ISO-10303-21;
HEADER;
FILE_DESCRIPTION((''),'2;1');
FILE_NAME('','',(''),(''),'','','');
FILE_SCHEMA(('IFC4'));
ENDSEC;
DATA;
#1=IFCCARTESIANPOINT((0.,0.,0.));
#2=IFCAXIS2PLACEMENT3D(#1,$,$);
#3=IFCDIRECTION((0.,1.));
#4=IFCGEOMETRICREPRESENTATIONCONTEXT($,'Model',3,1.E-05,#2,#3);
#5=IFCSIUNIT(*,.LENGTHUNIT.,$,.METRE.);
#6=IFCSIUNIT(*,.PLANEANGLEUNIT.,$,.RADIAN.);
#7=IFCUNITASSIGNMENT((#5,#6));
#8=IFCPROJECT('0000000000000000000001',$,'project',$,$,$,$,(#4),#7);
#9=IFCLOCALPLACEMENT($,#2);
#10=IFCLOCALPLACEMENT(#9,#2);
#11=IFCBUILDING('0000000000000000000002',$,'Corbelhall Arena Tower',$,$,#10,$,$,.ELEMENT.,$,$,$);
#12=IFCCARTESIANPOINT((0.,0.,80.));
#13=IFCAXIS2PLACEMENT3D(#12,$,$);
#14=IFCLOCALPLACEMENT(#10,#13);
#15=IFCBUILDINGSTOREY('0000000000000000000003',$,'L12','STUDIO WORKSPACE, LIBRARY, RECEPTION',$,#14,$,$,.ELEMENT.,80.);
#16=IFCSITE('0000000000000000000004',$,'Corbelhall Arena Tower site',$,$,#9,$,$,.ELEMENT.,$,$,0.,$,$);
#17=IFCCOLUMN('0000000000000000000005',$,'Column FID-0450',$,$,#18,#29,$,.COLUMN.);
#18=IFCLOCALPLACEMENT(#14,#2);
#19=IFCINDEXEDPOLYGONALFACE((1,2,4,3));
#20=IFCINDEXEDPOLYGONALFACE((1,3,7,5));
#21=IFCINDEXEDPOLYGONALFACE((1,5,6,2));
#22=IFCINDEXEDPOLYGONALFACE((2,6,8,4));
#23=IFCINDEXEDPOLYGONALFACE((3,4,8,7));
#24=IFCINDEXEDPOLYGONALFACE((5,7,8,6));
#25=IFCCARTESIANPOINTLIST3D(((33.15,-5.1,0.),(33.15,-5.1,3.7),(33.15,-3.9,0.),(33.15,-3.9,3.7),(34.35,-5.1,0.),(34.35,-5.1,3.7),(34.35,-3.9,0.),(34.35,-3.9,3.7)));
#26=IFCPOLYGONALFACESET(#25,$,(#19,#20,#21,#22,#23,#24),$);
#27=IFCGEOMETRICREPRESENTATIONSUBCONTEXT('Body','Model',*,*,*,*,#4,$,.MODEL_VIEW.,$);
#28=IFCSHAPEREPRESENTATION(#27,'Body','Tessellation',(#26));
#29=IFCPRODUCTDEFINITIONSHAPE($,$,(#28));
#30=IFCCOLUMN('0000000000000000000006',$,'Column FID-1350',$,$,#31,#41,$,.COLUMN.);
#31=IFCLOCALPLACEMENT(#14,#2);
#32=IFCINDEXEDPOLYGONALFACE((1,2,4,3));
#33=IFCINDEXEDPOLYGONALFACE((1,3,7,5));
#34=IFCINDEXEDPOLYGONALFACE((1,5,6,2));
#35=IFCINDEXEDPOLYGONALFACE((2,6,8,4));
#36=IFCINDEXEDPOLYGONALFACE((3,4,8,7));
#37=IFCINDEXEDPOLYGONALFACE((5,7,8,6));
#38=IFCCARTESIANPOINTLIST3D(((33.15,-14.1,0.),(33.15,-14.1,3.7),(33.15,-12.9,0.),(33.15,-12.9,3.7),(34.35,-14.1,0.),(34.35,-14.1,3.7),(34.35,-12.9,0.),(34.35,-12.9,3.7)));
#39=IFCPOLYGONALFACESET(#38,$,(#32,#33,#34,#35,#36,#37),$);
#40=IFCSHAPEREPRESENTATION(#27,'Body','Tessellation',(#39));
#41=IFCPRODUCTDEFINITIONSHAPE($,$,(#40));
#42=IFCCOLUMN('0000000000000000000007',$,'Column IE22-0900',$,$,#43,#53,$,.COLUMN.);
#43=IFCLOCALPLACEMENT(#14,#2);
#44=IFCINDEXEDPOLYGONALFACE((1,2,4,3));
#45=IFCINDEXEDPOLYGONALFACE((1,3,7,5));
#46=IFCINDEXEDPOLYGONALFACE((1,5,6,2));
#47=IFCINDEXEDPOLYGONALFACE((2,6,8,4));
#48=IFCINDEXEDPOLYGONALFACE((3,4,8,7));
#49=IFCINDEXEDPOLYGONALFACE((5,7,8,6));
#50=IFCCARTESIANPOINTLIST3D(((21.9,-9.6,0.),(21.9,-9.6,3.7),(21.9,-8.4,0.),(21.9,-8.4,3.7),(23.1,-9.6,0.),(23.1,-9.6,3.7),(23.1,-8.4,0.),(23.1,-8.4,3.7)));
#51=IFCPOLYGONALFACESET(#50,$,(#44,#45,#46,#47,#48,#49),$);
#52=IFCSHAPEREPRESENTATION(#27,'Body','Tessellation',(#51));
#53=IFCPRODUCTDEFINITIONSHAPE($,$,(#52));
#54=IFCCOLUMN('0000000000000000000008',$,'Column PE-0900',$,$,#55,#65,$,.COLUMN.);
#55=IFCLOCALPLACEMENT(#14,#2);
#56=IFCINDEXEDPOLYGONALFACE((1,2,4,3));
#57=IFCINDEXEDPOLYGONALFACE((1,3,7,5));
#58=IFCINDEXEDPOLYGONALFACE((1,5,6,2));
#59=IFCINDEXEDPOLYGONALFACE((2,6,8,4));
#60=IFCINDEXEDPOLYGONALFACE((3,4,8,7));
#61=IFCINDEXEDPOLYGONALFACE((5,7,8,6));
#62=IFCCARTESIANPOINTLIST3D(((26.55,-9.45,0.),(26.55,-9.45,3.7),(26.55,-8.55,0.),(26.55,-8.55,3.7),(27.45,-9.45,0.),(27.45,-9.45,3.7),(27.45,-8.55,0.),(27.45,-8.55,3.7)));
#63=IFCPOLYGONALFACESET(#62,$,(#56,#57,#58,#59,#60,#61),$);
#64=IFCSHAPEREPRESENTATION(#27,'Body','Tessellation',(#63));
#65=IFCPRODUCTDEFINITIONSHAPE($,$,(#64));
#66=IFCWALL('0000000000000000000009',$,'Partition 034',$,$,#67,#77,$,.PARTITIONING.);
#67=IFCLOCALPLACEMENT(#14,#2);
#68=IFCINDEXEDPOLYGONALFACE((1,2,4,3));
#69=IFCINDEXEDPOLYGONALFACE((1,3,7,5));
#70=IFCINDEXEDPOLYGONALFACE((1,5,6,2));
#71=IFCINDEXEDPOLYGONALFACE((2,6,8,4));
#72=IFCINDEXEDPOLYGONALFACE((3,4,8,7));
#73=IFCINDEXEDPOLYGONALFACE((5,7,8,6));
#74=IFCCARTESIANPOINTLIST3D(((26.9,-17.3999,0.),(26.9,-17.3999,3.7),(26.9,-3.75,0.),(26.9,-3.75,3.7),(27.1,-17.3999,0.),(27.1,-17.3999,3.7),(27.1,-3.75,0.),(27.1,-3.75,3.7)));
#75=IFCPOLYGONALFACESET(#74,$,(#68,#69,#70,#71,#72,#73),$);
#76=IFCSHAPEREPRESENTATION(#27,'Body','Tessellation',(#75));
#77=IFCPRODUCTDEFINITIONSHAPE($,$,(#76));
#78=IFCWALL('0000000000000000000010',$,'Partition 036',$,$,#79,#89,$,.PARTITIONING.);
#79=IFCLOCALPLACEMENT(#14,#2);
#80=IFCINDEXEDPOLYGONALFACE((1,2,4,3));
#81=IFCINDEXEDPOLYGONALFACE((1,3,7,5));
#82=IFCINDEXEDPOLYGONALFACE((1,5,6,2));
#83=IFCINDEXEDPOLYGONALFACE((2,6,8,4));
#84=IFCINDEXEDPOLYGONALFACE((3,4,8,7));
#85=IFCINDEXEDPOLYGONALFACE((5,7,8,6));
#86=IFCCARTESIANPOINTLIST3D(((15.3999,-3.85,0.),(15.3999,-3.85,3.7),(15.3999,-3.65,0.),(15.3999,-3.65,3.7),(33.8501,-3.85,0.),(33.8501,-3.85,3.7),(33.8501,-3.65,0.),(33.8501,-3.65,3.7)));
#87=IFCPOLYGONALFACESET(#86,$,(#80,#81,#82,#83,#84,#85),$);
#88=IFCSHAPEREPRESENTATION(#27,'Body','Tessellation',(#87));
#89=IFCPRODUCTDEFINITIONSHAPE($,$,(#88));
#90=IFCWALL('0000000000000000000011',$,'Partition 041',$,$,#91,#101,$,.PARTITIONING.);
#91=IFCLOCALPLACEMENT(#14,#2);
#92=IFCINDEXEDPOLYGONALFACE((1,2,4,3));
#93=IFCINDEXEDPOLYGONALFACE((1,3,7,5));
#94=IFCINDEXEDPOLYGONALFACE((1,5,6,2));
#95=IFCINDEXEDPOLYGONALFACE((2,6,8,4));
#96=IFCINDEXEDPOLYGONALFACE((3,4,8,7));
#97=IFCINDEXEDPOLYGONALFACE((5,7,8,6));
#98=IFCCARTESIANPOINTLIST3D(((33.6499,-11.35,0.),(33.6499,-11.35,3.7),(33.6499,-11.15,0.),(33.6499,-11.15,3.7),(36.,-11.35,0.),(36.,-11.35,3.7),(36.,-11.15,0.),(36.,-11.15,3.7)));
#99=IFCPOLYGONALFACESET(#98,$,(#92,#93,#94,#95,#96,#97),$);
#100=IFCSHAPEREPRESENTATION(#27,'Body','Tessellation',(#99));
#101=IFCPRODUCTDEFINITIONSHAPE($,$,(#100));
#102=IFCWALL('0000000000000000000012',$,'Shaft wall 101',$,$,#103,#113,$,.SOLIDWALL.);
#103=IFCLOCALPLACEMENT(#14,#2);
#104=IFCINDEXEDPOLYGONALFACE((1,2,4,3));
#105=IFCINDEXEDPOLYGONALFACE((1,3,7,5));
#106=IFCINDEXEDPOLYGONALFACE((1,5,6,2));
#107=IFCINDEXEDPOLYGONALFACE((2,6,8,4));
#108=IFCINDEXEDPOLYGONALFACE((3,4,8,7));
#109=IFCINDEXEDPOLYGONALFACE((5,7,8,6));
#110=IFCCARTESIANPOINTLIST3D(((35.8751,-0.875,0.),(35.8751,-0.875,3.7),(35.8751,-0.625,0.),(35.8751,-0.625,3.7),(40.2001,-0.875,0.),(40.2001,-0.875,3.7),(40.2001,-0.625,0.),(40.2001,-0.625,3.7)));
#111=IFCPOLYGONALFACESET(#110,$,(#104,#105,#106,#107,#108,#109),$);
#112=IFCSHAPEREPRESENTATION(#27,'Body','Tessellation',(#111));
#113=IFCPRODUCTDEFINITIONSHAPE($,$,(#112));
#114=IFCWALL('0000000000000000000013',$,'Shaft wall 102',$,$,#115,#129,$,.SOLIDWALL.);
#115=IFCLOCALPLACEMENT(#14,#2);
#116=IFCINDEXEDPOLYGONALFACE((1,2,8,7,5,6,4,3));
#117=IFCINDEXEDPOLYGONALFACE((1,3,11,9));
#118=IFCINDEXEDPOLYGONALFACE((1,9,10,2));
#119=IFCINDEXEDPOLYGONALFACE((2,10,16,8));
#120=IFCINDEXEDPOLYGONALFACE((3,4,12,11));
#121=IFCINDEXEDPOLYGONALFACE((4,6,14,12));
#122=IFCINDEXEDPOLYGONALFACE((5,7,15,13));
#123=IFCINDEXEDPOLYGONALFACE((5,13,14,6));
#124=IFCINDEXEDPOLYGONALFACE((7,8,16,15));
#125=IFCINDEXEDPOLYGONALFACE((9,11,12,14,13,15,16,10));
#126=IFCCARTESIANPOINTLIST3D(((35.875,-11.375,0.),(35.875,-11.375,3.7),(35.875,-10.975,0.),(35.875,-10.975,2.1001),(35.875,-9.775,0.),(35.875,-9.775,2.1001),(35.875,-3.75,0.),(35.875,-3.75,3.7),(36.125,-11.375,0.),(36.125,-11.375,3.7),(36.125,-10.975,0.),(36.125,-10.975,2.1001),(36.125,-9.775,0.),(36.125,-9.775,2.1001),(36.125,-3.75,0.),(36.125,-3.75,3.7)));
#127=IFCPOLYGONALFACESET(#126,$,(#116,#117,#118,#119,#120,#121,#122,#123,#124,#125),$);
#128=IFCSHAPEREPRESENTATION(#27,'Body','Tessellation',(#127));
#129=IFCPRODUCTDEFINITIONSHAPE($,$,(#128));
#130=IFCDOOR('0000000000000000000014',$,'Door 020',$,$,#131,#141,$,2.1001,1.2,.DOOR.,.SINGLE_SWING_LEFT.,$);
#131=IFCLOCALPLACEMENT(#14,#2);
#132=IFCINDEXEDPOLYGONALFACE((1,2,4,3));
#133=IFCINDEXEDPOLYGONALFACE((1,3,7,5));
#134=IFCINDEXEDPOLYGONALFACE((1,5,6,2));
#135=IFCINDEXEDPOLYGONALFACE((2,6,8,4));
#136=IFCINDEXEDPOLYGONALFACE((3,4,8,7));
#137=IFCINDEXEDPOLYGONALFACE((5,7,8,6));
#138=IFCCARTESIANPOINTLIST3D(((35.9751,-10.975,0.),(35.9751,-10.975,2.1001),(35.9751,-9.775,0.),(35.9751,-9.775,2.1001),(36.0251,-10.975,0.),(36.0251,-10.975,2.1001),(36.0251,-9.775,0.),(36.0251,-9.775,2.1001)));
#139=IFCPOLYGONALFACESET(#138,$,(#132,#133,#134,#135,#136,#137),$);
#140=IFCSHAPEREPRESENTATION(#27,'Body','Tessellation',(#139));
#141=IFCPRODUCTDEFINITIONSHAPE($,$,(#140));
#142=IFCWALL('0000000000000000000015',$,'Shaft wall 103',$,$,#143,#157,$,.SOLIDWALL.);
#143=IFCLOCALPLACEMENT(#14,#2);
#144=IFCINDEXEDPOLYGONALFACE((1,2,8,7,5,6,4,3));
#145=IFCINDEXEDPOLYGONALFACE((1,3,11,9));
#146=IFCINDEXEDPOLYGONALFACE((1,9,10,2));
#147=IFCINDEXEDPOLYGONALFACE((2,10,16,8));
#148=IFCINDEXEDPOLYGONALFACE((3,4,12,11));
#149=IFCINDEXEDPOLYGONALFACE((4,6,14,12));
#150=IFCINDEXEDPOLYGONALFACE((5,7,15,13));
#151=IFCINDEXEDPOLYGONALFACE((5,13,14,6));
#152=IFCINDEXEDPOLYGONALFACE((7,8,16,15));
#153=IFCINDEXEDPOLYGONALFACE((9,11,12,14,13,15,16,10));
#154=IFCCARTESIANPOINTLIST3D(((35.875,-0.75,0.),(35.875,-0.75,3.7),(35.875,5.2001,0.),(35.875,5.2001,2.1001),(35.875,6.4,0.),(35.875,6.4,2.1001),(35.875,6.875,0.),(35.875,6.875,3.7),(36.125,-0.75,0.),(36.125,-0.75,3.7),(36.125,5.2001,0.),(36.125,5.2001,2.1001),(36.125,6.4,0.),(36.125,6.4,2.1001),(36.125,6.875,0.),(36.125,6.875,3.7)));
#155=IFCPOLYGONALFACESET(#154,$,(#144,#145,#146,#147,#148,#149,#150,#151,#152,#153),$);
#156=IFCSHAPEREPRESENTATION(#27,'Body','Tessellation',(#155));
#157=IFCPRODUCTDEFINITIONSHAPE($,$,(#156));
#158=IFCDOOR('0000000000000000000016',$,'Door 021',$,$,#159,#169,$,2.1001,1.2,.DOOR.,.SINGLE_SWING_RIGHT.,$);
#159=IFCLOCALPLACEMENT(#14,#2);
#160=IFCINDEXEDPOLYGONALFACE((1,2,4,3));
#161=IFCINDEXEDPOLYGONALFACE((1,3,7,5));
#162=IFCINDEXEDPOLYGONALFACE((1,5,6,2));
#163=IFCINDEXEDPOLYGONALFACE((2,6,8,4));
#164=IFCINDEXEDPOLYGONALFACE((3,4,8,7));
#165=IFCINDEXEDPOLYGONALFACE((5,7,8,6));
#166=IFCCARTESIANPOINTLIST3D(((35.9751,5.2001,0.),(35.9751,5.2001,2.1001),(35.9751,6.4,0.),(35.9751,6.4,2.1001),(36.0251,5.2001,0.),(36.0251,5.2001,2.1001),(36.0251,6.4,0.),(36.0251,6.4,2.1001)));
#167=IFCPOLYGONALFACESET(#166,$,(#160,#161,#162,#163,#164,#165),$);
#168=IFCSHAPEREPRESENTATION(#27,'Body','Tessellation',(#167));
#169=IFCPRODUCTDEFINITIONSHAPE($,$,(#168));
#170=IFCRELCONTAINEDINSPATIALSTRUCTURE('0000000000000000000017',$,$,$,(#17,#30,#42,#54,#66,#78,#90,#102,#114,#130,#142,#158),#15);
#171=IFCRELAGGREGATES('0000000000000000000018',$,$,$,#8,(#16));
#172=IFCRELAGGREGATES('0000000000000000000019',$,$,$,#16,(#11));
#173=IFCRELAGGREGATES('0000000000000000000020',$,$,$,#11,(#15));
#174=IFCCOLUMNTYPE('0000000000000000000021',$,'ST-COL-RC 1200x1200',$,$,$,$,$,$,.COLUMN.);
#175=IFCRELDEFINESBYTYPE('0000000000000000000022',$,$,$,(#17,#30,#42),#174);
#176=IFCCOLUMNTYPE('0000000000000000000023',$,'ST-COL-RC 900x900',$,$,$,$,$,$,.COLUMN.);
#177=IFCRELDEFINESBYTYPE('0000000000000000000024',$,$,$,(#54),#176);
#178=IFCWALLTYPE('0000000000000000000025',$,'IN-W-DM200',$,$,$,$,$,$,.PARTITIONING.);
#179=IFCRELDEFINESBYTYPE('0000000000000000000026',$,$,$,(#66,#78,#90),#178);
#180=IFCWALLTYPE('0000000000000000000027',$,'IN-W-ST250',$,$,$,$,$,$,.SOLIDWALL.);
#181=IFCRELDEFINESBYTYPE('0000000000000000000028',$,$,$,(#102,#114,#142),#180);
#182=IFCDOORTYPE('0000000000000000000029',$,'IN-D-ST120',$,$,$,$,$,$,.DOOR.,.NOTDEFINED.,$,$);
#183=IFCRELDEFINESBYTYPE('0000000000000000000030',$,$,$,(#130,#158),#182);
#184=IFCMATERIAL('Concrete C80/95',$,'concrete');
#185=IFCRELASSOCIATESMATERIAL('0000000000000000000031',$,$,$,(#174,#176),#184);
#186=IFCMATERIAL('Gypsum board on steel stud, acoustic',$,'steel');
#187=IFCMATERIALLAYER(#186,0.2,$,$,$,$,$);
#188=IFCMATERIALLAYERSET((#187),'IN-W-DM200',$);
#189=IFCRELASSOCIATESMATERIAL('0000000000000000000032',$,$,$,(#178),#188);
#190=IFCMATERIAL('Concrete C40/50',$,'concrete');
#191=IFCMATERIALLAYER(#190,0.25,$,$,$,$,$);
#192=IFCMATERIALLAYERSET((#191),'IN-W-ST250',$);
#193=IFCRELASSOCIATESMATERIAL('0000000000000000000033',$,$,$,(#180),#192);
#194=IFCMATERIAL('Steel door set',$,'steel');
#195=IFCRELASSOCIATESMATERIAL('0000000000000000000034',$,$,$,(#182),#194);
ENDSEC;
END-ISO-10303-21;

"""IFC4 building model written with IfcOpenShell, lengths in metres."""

from ifc_helpers import new_model, si_unit, direction, frame, frame_2d, origin, origin_2d, place, context, subcontext, project, spatial, rectangle, extrude, material, layer, layer_set, material_profile, profile_set, type_object, element, fill, save


model = new_model("IFC4")

# Units and contexts
model_context = context("Model", 3, precision=1e-05, world=origin(), true_north=direction((0.0, 1.0)))
body_context = subcontext(model_context, "Body", "Model", "MODEL_VIEW")
ifc_project = project(units=[si_unit("LENGTHUNIT", "METRE"), si_unit("PLANEANGLEUNIT", "RADIAN")], contexts=[model_context])

# Site, building, storey
site_placement = place(None, origin())
site = spatial("IfcSite", under=ifc_project, at=site_placement, Name="Corbelhall Arena Tower site", CompositionType="ELEMENT", RefElevation=0.0)
building_placement = place(site_placement, origin())
building = spatial("IfcBuilding", under=site, at=building_placement, Name="Corbelhall Arena Tower", CompositionType="ELEMENT")
storey_placement = place(building_placement, frame((0.0, 0.0, 80.0)))
storey = spatial("IfcBuildingStorey", under=building, at=storey_placement, Name="L12", Description="STUDIO WORKSPACE, LIBRARY, RECEPTION", CompositionType="ELEMENT", Elevation=80.0)

# Columns
ifc_material_1 = material(Name="Concrete C80/95", Category="concrete")
ifc_material_profile_1 = material_profile(ifc_material_1, rectangle(XDim=1.2, YDim=1.2, at=origin_2d()))
ifc_profile_set_1 = profile_set([ifc_material_profile_1], Name="Concrete C80/95")
column_type_1 = type_object("IfcColumnType", Name="ST-COL-RC 1200x1200", PredefinedType="COLUMN", material=ifc_profile_set_1)
for number, where, z_axis, x_axis, name in (
    (1, (33.75, -4.5, 0.0), (0.0, 0.0, 1.0), (1.0, 0.0, 0.0), "Column FID-0450"),
    (2, (33.75, -13.5, 0.0), (0.0, 0.0, 1.0), (1.0, 0.0, 0.0), "Column FID-1350"),
    (3, (22.5, -9.0, 0.0), (0.0, 0.0, 1.0), (1.0, 0.0, 0.0), "Column IE22-0900"),
):
    element("IfcColumn", number, at=place(storey_placement, frame(where, z_axis=z_axis, x_axis=x_axis)), inside=storey, type_object=column_type_1, Name=name, PredefinedType="COLUMN", context=body_context, shape_type="SweptSolid", body=[
        extrude(rectangle(XDim=1.2, YDim=1.2, at=origin_2d()), origin(), (0.0, 0.0, 1.0), 3.7),
    ])
ifc_material_profile_2 = material_profile(ifc_material_1, rectangle(XDim=0.8999, YDim=0.8999, at=origin_2d()))
ifc_profile_set_2 = profile_set([ifc_material_profile_2], Name="Concrete C80/95")
column_type_2 = type_object("IfcColumnType", Name="ST-COL-RC 900x900", PredefinedType="COLUMN", material=ifc_profile_set_2)
column_placement = place(storey_placement, frame((27.0, -9.0, 0.0), z_axis=(0.0, 0.0, 1.0), x_axis=(1.0, 0.0, 0.0)))
element("IfcColumn", 4, at=column_placement, inside=storey, type_object=column_type_2, Name="Column PE-0900", PredefinedType="COLUMN", context=body_context, shape_type="SweptSolid", body=[
    extrude(rectangle(XDim=0.8999, YDim=0.8999, at=origin_2d()), origin(), (0.0, 0.0, 1.0), 3.7),
])

# Walls
ifc_material_2 = material(Name="Gypsum board on steel stud, acoustic", Category="steel")
ifc_layer_1 = layer(ifc_material_2, 0.2)
ifc_layer_set_1 = layer_set([ifc_layer_1], Name="IN-W-DM200")
wall_type_1 = type_object("IfcWallType", Name="IN-W-DM200", PredefinedType="PARTITIONING", material=ifc_layer_set_1)
wall_1_placement = place(storey_placement, frame((27.0, -3.75, 0.0), z_axis=(0.0, 0.0, 1.0), x_axis=(0.0, -1.0, 0.0)))
element("IfcWall", 5, at=wall_1_placement, inside=storey, type_object=wall_type_1, Name="Partition 034", PredefinedType="PARTITIONING", context=body_context, shape_type="SweptSolid", body=[
    extrude(rectangle(XDim=13.6499, YDim=0.2, at=frame_2d((6.825, 0.0))), origin(), (0.0, 0.0, 1.0), 3.7),
])
wall_2_placement = place(storey_placement, frame((33.8501, -3.75, 0.0), z_axis=(0.0, 0.0, 1.0), x_axis=(-1.0, 0.0, 0.0)))
element("IfcWall", 6, at=wall_2_placement, inside=storey, type_object=wall_type_1, Name="Partition 036", PredefinedType="PARTITIONING", context=body_context, shape_type="SweptSolid", body=[
    extrude(rectangle(XDim=18.4502, YDim=0.2, at=frame_2d((9.2251, 0.0))), origin(), (0.0, 0.0, 1.0), 3.7),
])

# Shared definitions
ifc_material_3 = material(Name="Steel door set", Category="steel")

# Walls
wall_3_placement = place(storey_placement, frame((36.0, -11.25, 0.0), z_axis=(0.0, 0.0, 1.0), x_axis=(-1.0, 0.0, 0.0)))
element("IfcWall", 7, at=wall_3_placement, inside=storey, type_object=wall_type_1, Name="Partition 041", PredefinedType="PARTITIONING", context=body_context, shape_type="SweptSolid", body=[
    extrude(rectangle(XDim=2.3501, YDim=0.2, at=frame_2d((1.175, 0.0))), origin(), (0.0, 0.0, 1.0), 3.7),
])
ifc_material_4 = material(Name="Concrete C40/50", Category="concrete")
ifc_layer_2 = layer(ifc_material_4, 0.25)
ifc_layer_set_2 = layer_set([ifc_layer_2], Name="IN-W-ST250")
wall_type_2 = type_object("IfcWallType", Name="IN-W-ST250", PredefinedType="SOLIDWALL", material=ifc_layer_set_2)
wall_4_placement = place(storey_placement, frame((35.875, -0.75, 0.0), z_axis=(0.0, 0.0, 1.0), x_axis=(1.0, 0.0, 0.0)))
element("IfcWall", 8, at=wall_4_placement, inside=storey, type_object=wall_type_2, Name="Shaft wall 101", PredefinedType="SOLIDWALL", context=body_context, shape_type="SweptSolid", body=[
    extrude(rectangle(XDim=4.325, YDim=0.25, at=frame_2d((2.1626, 0.0))), origin(), (0.0, 0.0, 1.0), 3.7),
])

# Walls, openings, doors
wall_5_placement = place(storey_placement, frame((36.0, -11.375, 0.0), z_axis=(0.0, 0.0, 1.0), x_axis=(0.0, 1.0, 0.0)))
wall_5 = element("IfcWall", 9, at=wall_5_placement, inside=storey, type_object=wall_type_2, Name="Shaft wall 102", PredefinedType="SOLIDWALL", context=body_context, shape_type="SweptSolid", body=[
    extrude(rectangle(XDim=7.625, YDim=0.25, at=frame_2d((3.8125, 0.0))), origin(), (0.0, 0.0, 1.0), 3.7),
])
opening_1_placement = place(wall_5_placement, frame((0.3999, 0.0, 0.0)))
opening_1 = element("IfcOpeningElement", 10, at=opening_1_placement, cuts=wall_5, PredefinedType="OPENING", context=body_context, shape_type="SweptSolid", body=[
    extrude(rectangle(XDim=1.2, YDim=2.1001, at=frame_2d((0.6001, 1.05))), frame((0.0, 0.125, 0.0), z_axis=(0.0, -1.0, 0.0), x_axis=(1.0, 0.0, 0.0)), (0.0, 0.0, 1.0), 0.25),
])
door_type_1 = type_object("IfcDoorType", Name="IN-D-ST120", OperationType="NOTDEFINED", PredefinedType="DOOR", material=ifc_material_3)
door_1_placement = place(opening_1_placement, origin())
door_1 = element("IfcDoor", 11, at=door_1_placement, inside=storey, type_object=door_type_1, Name="Door 020", OperationType="SINGLE_SWING_LEFT", OverallHeight=2.1001, OverallWidth=1.2, PredefinedType="DOOR", context=body_context, shape_type="SweptSolid", body=[
    extrude(rectangle(XDim=1.2, YDim=2.1001, at=frame_2d((0.6001, 1.05))), frame((0.0, 0.0249, 0.0), z_axis=(0.0, -1.0, 0.0), x_axis=(1.0, 0.0, 0.0)), (0.0, 0.0, 1.0), 0.05),
])
fill(opening_1, door_1)
wall_6_placement = place(storey_placement, frame((36.0, -0.75, 0.0), z_axis=(0.0, 0.0, 1.0), x_axis=(0.0, 1.0, 0.0)))
wall_6 = element("IfcWall", 12, at=wall_6_placement, inside=storey, type_object=wall_type_2, Name="Shaft wall 103", PredefinedType="SOLIDWALL", context=body_context, shape_type="SweptSolid", body=[
    extrude(rectangle(XDim=7.625, YDim=0.25, at=frame_2d((3.8125, 0.0))), origin(), (0.0, 0.0, 1.0), 3.7),
])
opening_2_placement = place(wall_6_placement, frame((5.95, 0.0, 0.0)))
opening_2 = element("IfcOpeningElement", 13, at=opening_2_placement, cuts=wall_6, PredefinedType="OPENING", context=body_context, shape_type="SweptSolid", body=[
    extrude(rectangle(XDim=1.2, YDim=2.1001, at=frame_2d((0.6001, 1.05))), frame((0.0, 0.125, 0.0), z_axis=(0.0, -1.0, 0.0), x_axis=(1.0, 0.0, 0.0)), (0.0, 0.0, 1.0), 0.25),
])
door_2_placement = place(opening_2_placement, origin())
door_2 = element("IfcDoor", 14, at=door_2_placement, inside=storey, type_object=door_type_1, Name="Door 021", OperationType="SINGLE_SWING_RIGHT", OverallHeight=2.1001, OverallWidth=1.2, PredefinedType="DOOR", context=body_context, shape_type="SweptSolid", body=[
    extrude(rectangle(XDim=1.2, YDim=2.1001, at=frame_2d((0.6001, 1.05))), frame((0.0, 0.0249, 0.0), z_axis=(0.0, -1.0, 0.0), x_axis=(1.0, 0.0, 0.0)), (0.0, 0.0, 1.0), 0.05),
])
fill(opening_2, door_2)

save(model, "model.ifc")
